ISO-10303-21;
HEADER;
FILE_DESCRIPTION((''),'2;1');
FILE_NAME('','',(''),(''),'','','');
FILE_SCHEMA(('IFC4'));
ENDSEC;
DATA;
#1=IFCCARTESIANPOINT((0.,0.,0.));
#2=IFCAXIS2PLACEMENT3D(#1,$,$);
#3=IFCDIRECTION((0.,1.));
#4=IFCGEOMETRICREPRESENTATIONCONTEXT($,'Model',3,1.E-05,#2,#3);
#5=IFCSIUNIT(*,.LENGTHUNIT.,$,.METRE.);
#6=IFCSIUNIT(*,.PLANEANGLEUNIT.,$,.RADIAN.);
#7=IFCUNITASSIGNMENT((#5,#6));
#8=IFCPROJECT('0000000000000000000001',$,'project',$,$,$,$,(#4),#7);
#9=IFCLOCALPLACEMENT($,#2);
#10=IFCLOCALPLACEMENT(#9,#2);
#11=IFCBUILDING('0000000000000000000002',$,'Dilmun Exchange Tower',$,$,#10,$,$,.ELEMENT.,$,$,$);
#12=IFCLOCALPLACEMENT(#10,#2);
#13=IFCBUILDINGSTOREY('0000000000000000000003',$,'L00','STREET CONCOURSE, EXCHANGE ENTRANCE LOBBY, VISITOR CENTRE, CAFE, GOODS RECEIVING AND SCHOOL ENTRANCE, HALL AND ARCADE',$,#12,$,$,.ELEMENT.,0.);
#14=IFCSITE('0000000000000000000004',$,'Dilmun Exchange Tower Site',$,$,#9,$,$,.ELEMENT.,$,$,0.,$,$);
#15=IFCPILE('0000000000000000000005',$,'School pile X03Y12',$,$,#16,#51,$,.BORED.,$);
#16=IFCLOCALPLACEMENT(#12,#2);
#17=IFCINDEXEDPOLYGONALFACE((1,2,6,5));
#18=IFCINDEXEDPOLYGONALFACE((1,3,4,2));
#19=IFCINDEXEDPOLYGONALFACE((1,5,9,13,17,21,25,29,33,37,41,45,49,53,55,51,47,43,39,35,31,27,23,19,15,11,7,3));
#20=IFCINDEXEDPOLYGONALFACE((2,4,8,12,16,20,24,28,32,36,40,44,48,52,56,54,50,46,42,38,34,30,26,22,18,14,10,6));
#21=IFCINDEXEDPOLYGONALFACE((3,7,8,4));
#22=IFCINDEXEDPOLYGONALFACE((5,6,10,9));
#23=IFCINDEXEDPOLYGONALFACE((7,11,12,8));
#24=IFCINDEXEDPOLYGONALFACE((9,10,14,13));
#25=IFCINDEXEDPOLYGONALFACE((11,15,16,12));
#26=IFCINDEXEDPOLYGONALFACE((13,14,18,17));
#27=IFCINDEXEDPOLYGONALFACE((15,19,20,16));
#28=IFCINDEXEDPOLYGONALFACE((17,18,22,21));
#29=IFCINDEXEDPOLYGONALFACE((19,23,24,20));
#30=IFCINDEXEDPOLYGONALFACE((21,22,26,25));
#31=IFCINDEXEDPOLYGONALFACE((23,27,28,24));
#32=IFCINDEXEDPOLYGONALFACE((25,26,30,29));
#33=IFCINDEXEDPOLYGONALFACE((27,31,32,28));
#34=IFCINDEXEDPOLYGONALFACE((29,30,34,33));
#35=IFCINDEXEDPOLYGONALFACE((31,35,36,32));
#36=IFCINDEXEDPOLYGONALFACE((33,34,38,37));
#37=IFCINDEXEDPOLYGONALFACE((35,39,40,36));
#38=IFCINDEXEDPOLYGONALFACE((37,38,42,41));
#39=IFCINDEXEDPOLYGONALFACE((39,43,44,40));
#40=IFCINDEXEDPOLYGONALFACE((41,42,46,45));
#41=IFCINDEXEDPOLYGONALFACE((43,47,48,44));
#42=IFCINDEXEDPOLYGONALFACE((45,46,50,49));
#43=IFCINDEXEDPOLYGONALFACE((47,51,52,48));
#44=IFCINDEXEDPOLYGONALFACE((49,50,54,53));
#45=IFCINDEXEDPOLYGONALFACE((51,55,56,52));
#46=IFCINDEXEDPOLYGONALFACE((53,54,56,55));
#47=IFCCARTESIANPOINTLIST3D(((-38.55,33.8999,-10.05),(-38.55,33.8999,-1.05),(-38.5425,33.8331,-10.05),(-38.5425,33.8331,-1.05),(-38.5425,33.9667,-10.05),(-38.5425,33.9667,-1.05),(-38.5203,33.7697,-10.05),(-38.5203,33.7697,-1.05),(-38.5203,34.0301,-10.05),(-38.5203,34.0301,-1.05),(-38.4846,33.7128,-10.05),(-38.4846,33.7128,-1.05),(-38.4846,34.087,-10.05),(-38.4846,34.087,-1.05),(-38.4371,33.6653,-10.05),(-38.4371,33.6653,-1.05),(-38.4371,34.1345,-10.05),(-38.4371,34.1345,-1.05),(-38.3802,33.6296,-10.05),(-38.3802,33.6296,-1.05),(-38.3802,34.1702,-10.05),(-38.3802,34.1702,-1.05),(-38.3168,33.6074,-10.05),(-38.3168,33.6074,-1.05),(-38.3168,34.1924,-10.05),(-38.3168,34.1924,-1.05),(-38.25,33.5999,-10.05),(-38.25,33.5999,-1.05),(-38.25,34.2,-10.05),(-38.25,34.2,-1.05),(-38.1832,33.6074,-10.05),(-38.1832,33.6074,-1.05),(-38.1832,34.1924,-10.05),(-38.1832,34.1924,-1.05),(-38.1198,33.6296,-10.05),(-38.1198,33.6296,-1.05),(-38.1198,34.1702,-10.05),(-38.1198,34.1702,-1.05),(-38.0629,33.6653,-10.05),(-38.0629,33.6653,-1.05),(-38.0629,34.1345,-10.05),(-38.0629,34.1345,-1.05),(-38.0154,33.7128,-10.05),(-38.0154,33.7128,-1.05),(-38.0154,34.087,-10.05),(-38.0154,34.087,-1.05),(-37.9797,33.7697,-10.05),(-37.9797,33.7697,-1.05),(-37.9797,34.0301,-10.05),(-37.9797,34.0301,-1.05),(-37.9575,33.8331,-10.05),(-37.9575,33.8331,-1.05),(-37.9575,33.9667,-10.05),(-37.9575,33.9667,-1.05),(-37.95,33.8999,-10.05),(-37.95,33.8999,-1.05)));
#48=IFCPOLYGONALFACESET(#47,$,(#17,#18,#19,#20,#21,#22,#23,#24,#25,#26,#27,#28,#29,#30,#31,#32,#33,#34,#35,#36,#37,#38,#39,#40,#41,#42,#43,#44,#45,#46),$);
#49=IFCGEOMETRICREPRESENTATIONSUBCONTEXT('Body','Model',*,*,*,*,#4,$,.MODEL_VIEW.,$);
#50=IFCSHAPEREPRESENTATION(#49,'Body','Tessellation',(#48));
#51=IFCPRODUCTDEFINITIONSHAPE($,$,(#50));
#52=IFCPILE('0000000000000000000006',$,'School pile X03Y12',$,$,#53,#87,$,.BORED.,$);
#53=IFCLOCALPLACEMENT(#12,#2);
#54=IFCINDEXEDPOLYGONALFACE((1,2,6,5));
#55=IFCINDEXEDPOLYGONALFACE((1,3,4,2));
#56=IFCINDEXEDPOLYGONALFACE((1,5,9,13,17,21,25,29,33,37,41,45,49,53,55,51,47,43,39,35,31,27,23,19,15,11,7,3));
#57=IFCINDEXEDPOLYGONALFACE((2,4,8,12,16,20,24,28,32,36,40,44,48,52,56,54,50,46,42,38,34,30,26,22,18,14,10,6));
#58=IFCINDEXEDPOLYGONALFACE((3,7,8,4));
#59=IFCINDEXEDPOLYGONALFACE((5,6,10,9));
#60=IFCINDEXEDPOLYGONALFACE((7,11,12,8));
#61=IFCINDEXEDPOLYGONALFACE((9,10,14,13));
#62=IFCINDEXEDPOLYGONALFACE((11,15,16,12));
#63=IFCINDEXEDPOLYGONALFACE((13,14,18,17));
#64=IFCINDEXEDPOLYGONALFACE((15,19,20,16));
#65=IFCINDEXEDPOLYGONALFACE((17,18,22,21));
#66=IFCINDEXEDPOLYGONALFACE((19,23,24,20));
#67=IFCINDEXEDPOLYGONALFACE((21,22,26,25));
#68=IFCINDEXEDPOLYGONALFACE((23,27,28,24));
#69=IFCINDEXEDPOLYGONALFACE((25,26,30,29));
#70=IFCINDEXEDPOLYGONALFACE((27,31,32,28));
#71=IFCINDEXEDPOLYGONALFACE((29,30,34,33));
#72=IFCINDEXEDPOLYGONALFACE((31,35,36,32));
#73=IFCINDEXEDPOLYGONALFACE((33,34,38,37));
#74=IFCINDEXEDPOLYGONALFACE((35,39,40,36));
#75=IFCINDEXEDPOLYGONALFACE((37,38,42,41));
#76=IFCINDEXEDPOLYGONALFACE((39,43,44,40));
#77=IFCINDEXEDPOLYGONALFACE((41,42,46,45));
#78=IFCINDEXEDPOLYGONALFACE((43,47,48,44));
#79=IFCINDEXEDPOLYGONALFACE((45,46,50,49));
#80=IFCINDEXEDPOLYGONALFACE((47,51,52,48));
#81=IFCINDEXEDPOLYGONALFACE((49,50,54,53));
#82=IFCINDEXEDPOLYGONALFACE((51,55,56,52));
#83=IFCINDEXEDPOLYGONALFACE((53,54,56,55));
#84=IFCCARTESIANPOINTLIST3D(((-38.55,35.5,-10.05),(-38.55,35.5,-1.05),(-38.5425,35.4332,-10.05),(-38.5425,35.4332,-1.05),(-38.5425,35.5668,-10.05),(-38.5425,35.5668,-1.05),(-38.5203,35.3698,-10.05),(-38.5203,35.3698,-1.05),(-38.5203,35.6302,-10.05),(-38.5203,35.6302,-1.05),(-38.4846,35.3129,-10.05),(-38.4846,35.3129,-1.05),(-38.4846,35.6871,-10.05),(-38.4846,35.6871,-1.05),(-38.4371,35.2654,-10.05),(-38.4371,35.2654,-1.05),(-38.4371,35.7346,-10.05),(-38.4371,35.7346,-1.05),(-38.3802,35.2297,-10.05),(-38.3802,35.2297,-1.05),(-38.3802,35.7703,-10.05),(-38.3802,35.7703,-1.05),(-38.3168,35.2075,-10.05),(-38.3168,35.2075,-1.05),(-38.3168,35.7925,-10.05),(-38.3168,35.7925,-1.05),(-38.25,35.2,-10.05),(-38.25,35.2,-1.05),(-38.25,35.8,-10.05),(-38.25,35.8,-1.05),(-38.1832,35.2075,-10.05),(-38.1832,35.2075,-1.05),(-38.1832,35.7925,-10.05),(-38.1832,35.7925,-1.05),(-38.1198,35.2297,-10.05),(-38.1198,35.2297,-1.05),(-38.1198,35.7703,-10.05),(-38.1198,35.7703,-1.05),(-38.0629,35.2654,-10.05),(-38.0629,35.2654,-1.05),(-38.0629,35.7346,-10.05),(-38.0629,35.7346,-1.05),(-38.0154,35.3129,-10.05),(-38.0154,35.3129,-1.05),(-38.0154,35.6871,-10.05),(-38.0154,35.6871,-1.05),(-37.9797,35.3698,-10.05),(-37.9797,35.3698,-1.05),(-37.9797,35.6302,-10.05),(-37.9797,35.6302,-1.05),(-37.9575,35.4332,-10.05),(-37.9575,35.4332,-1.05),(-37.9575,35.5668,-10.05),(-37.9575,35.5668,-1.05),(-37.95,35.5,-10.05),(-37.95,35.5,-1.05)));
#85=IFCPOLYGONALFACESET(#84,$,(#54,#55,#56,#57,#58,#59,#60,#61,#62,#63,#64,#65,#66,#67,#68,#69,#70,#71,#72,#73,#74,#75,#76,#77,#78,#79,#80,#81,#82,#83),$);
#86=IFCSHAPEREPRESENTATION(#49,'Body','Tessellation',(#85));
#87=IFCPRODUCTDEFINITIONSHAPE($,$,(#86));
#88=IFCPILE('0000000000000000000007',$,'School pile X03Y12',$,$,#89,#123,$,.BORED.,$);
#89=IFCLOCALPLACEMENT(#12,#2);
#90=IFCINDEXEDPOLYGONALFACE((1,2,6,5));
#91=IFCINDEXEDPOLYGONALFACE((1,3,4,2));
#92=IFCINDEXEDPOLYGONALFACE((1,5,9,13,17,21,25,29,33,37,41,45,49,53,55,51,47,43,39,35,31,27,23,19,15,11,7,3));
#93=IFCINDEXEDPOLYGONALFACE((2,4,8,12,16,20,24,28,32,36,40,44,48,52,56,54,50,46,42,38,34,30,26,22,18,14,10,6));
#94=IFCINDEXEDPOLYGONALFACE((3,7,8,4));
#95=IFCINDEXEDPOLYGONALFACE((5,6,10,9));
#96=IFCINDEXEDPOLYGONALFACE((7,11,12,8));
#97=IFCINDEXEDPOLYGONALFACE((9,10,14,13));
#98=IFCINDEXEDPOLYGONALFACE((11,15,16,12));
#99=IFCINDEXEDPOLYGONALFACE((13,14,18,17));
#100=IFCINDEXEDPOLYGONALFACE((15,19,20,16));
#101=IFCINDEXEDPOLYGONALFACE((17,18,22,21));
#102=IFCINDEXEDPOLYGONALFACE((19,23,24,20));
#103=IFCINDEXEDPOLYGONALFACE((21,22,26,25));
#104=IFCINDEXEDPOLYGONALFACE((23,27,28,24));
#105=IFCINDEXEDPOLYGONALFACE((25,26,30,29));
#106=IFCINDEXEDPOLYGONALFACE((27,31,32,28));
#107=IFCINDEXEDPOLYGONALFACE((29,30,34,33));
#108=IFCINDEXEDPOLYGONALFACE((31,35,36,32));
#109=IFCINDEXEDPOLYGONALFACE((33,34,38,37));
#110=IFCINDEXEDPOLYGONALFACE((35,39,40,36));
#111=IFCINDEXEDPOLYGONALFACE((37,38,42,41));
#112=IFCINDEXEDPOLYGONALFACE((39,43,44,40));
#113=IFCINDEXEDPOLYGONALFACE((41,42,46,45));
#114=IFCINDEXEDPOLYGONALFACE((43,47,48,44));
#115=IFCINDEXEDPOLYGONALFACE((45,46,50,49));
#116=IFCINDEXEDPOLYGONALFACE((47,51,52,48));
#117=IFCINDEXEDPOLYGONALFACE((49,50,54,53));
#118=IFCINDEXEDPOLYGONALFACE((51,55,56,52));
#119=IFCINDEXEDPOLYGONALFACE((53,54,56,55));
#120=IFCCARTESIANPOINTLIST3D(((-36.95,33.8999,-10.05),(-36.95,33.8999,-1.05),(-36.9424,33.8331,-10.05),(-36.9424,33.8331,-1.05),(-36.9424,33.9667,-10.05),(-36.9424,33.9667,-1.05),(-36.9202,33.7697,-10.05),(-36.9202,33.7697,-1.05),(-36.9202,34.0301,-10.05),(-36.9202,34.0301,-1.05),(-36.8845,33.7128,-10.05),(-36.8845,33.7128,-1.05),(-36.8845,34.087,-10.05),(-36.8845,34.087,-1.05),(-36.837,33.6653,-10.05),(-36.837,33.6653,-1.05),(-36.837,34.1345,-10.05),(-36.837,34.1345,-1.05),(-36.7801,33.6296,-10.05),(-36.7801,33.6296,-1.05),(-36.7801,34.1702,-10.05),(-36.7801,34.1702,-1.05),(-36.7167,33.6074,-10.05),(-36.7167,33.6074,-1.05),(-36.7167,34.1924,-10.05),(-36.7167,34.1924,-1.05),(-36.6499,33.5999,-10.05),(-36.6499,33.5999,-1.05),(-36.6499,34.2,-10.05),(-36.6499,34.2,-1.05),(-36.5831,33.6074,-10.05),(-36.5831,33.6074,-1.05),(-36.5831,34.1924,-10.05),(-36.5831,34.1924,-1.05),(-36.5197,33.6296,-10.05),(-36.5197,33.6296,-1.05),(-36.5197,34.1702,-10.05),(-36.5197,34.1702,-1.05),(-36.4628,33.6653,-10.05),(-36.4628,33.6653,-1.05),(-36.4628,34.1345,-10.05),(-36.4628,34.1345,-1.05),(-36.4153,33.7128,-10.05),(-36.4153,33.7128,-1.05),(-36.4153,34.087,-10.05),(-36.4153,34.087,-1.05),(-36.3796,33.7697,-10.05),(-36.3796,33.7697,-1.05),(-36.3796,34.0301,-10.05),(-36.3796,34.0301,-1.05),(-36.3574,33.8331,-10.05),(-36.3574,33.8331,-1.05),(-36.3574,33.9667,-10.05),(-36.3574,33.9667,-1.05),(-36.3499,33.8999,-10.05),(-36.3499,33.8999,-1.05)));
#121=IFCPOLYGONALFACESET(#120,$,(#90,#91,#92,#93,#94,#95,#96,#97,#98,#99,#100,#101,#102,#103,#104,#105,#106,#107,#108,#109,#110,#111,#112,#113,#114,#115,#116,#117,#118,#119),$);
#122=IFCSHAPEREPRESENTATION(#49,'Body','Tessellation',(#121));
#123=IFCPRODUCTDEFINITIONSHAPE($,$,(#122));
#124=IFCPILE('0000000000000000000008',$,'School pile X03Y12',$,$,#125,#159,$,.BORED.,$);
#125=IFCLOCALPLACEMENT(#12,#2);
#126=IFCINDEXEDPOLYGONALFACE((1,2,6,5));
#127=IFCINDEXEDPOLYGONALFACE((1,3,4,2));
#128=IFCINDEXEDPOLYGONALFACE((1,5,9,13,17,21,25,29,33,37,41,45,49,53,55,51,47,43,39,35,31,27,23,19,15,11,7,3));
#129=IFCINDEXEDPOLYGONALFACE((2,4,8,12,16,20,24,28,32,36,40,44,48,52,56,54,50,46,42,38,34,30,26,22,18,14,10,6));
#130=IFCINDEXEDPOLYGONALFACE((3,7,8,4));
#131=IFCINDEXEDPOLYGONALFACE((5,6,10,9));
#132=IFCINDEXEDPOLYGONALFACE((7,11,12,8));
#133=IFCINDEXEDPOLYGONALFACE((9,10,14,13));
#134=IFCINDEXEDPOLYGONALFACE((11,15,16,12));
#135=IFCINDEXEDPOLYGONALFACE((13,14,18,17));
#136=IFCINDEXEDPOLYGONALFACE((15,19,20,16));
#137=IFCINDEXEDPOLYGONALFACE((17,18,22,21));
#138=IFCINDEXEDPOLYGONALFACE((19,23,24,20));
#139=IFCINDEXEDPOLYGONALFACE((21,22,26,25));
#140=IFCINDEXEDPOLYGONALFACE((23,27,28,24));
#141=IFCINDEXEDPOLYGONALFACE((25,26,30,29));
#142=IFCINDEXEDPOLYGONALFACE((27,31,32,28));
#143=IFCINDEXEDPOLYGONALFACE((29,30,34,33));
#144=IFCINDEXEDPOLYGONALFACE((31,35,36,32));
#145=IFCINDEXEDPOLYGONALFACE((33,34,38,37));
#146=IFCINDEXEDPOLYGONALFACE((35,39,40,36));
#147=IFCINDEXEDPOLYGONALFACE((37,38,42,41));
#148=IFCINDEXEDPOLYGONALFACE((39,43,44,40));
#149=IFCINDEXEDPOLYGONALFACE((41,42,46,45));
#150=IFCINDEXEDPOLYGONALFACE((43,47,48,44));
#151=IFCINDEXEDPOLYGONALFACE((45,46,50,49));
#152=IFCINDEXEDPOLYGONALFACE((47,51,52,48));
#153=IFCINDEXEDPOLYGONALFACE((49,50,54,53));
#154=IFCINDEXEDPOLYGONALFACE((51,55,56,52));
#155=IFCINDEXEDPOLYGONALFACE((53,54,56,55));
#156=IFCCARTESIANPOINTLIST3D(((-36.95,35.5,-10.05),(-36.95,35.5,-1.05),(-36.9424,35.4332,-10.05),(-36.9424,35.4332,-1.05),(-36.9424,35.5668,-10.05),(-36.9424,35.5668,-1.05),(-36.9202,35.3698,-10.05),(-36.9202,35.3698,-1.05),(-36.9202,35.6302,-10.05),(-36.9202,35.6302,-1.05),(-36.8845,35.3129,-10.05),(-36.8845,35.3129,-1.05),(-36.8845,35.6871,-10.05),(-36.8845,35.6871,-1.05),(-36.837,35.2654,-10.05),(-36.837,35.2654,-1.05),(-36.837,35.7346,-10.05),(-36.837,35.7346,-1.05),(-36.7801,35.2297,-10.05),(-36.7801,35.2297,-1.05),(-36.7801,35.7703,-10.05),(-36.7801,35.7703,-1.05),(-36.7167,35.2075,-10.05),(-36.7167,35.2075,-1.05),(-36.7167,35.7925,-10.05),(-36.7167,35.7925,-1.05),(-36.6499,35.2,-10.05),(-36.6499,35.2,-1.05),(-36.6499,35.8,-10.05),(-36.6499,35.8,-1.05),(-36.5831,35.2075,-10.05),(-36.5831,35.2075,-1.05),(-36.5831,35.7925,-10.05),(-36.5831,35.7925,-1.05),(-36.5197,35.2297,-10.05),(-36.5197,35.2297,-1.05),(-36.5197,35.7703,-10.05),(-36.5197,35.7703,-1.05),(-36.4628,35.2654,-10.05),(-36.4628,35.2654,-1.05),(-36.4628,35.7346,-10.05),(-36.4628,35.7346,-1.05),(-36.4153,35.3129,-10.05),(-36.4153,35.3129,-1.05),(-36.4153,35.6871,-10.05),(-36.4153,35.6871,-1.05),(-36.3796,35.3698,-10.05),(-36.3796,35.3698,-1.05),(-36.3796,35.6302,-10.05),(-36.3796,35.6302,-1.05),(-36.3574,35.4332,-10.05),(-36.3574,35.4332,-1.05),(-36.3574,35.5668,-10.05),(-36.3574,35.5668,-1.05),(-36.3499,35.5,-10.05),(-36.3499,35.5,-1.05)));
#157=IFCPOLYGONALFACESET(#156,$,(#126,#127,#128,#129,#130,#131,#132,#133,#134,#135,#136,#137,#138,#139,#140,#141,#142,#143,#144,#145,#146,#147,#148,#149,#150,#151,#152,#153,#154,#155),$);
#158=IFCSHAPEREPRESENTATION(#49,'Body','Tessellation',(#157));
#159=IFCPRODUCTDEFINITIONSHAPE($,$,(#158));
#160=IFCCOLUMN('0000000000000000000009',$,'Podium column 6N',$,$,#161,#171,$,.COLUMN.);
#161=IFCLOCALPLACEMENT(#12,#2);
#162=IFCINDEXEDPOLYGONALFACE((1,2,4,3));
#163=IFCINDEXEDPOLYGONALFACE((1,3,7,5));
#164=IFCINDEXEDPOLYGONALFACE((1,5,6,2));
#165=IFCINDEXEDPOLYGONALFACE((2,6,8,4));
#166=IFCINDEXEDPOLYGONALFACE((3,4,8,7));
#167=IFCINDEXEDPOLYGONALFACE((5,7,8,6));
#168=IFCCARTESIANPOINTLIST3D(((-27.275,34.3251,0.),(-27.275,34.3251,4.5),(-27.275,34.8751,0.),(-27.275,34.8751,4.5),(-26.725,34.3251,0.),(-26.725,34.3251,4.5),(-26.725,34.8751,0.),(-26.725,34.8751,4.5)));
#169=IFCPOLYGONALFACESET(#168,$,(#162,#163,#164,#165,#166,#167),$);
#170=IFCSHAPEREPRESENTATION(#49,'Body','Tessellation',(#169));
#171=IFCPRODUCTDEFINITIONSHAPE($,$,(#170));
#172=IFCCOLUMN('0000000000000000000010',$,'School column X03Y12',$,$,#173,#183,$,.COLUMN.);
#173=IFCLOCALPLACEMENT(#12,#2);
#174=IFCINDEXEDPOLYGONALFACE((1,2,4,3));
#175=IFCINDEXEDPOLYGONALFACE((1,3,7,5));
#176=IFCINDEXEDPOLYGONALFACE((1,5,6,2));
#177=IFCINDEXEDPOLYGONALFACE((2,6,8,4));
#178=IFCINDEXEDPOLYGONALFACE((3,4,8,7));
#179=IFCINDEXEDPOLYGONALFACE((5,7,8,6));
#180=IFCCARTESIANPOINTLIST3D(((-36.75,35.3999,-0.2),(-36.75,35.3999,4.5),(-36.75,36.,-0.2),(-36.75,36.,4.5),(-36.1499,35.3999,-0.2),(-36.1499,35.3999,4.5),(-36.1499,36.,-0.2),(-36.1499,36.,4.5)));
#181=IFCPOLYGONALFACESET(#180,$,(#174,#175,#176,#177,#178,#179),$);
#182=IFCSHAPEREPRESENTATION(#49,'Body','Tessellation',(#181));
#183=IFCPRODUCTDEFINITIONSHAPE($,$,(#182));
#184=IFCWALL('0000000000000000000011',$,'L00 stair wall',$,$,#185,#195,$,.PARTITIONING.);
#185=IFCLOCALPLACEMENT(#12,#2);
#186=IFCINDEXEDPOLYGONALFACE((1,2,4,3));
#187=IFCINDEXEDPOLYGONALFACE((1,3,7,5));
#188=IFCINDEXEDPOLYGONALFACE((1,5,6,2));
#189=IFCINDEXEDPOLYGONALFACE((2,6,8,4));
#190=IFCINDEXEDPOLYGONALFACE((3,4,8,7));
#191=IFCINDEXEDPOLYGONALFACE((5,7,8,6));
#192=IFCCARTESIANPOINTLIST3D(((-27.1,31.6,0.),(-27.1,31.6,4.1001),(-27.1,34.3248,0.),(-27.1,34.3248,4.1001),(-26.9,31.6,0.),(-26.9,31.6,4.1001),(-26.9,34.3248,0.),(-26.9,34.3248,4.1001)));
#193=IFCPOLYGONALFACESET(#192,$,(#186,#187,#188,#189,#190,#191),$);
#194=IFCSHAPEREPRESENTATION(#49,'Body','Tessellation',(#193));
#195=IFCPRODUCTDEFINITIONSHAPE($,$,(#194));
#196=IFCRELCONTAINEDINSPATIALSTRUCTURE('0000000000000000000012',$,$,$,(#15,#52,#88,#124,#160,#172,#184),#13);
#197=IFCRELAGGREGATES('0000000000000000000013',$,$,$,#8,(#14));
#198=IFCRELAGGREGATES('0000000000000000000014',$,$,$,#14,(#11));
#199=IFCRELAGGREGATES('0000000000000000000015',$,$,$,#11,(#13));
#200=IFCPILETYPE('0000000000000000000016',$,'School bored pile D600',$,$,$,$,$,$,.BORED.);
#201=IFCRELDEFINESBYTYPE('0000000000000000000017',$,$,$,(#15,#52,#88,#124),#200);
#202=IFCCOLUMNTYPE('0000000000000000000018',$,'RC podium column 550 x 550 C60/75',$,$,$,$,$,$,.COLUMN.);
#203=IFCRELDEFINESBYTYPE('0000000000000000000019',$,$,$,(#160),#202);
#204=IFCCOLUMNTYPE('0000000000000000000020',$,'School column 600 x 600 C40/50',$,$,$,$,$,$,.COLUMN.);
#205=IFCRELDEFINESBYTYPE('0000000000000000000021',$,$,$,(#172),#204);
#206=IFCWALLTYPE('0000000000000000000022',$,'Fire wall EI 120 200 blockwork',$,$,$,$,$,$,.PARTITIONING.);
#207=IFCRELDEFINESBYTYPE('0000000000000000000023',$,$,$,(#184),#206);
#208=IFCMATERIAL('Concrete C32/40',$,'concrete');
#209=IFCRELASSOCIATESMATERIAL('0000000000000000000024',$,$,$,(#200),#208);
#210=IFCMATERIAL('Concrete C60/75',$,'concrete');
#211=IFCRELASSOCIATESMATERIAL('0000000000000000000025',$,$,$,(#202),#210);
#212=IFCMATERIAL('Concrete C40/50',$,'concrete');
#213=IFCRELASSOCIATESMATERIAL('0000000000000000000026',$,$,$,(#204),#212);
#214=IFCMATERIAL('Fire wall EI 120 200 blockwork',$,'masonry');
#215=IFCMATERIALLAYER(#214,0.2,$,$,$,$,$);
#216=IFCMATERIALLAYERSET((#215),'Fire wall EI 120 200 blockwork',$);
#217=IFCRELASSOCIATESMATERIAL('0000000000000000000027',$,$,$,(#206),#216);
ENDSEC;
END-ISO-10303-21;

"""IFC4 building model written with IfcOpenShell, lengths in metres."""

from ifc_helpers import new_model, si_unit, direction, frame, frame_2d, origin, origin_2d, place, context, subcontext, project, spatial, rectangle, circle, extrude, material, layer, layer_set, material_profile, profile_set, type_object, element, save


model = new_model("IFC4")

# Units and contexts
model_context = context("Model", 3, precision=1e-05, world=origin(), true_north=direction((0.0, 1.0)))
body_context = subcontext(model_context, "Body", "Model", "MODEL_VIEW")
ifc_project = project(units=[si_unit("LENGTHUNIT", "METRE"), si_unit("PLANEANGLEUNIT", "RADIAN")], contexts=[model_context])

# Site, building, storey
site_placement = place(None, origin())
site = spatial("IfcSite", under=ifc_project, at=site_placement, Name="Dilmun Exchange Tower Site", CompositionType="ELEMENT", RefElevation=0.0)
building_placement = place(site_placement, origin())
building = spatial("IfcBuilding", under=site, at=building_placement, Name="Dilmun Exchange Tower", CompositionType="ELEMENT")
storey_placement = place(building_placement, origin())
storey = spatial("IfcBuildingStorey", under=building, at=storey_placement, Name="L00", Description="STREET CONCOURSE, EXCHANGE ENTRANCE LOBBY, VISITOR CENTRE, CAFE, GOODS RECEIVING AND SCHOOL ENTRANCE, HALL AND ARCADE", CompositionType="ELEMENT", Elevation=0.0)

# Piles
ifc_material_1 = material(Name="Concrete C32/40", Category="concrete")
ifc_material_profile_1 = material_profile(ifc_material_1, circle(Radius=0.3, at=origin_2d()), Name="D600")
ifc_profile_set_1 = profile_set([ifc_material_profile_1], Name="Concrete C32/40")
pile_type = type_object("IfcPileType", Name="School bored pile D600", PredefinedType="BORED", material=ifc_profile_set_1)
for number, where, z_axis, x_axis, name in (
    (1, (-38.25, 33.8999, -1.05), (0.0, 0.0, -1.0), (1.0, 0.0, 0.0), "School pile X03Y12"),
    (2, (-38.25, 35.5, -1.05), (0.0, 0.0, -1.0), (1.0, 0.0, 0.0), "School pile X03Y12"),
    (3, (-36.6499, 33.8999, -1.05), (0.0, 0.0, -1.0), (1.0, 0.0, 0.0), "School pile X03Y12"),
    (4, (-36.6499, 35.5, -1.05), (0.0, 0.0, -1.0), (1.0, 0.0, 0.0), "School pile X03Y12"),
):
    element("IfcPile", number, at=place(storey_placement, frame(where, z_axis=z_axis, x_axis=x_axis)), inside=storey, type_object=pile_type, Name=name, PredefinedType="BORED", context=body_context, shape_type="SweptSolid", body=[
        extrude(circle(Radius=0.3, at=origin_2d()), origin(), (0.0, 0.0, 1.0), 9.0),
    ])

# Columns
ifc_material_2 = material(Name="Concrete C60/75", Category="concrete")
ifc_material_profile_2 = material_profile(ifc_material_2, rectangle(XDim=0.55, YDim=0.55, at=origin_2d()), Name="550 x 550")
ifc_profile_set_2 = profile_set([ifc_material_profile_2], Name="Concrete C60/75")
column_type_1 = type_object("IfcColumnType", Name="RC podium column 550 x 550 C60/75", PredefinedType="COLUMN", material=ifc_profile_set_2)
column_1_placement = place(storey_placement, frame((-27.0, 34.6001, 0.0), z_axis=(0.0, 0.0, 1.0), x_axis=(1.0, 0.0, 0.0)))
element("IfcColumn", 5, at=column_1_placement, inside=storey, type_object=column_type_1, Name="Podium column 6N", PredefinedType="COLUMN", context=body_context, shape_type="SweptSolid", body=[
    extrude(rectangle(XDim=0.55, YDim=0.55, at=origin_2d()), origin(), (0.0, 0.0, 1.0), 4.5),
])
ifc_material_3 = material(Name="Concrete C40/50", Category="concrete")
ifc_material_profile_3 = material_profile(ifc_material_3, rectangle(XDim=0.6001, YDim=0.6001, at=origin_2d()), Name="600 x 600")
ifc_profile_set_3 = profile_set([ifc_material_profile_3], Name="Concrete C40/50")
column_type_2 = type_object("IfcColumnType", Name="School column 600 x 600 C40/50", PredefinedType="COLUMN", material=ifc_profile_set_3)
column_2_placement = place(storey_placement, frame((-36.45, 35.7, -0.2), z_axis=(0.0, 0.0, 1.0), x_axis=(1.0, 0.0, 0.0)))
element("IfcColumn", 6, at=column_2_placement, inside=storey, type_object=column_type_2, Name="School column X03Y12", PredefinedType="COLUMN", context=body_context, shape_type="SweptSolid", body=[
    extrude(rectangle(XDim=0.6001, YDim=0.6001, at=origin_2d()), origin(), (0.0, 0.0, 1.0), 4.7),
])

# Wall
ifc_material_4 = material(Name="Fire wall EI 120 200 blockwork", Category="masonry")
ifc_layer_1 = layer(ifc_material_4, 0.2)
ifc_layer_set_1 = layer_set([ifc_layer_1], Name="Fire wall EI 120 200 blockwork")
wall_type_1 = type_object("IfcWallType", Name="Fire wall EI 120 200 blockwork", PredefinedType="PARTITIONING", material=ifc_layer_set_1)
wall_1_placement = place(storey_placement, frame((-27.0, 31.6001, 0.0), z_axis=(0.0, 0.0, 1.0), x_axis=(0.0, 1.0, 0.0)))
element("IfcWall", 7, at=wall_1_placement, inside=storey, type_object=wall_type_1, Name="L00 stair wall", PredefinedType="PARTITIONING", context=body_context, shape_type="SweptSolid", body=[
    extrude(rectangle(XDim=2.7249, YDim=0.2, at=frame_2d((1.3623, 0.0))), origin(), (0.0, 0.0, 1.0), 4.1001),
])

save(model, "model.ifc")
